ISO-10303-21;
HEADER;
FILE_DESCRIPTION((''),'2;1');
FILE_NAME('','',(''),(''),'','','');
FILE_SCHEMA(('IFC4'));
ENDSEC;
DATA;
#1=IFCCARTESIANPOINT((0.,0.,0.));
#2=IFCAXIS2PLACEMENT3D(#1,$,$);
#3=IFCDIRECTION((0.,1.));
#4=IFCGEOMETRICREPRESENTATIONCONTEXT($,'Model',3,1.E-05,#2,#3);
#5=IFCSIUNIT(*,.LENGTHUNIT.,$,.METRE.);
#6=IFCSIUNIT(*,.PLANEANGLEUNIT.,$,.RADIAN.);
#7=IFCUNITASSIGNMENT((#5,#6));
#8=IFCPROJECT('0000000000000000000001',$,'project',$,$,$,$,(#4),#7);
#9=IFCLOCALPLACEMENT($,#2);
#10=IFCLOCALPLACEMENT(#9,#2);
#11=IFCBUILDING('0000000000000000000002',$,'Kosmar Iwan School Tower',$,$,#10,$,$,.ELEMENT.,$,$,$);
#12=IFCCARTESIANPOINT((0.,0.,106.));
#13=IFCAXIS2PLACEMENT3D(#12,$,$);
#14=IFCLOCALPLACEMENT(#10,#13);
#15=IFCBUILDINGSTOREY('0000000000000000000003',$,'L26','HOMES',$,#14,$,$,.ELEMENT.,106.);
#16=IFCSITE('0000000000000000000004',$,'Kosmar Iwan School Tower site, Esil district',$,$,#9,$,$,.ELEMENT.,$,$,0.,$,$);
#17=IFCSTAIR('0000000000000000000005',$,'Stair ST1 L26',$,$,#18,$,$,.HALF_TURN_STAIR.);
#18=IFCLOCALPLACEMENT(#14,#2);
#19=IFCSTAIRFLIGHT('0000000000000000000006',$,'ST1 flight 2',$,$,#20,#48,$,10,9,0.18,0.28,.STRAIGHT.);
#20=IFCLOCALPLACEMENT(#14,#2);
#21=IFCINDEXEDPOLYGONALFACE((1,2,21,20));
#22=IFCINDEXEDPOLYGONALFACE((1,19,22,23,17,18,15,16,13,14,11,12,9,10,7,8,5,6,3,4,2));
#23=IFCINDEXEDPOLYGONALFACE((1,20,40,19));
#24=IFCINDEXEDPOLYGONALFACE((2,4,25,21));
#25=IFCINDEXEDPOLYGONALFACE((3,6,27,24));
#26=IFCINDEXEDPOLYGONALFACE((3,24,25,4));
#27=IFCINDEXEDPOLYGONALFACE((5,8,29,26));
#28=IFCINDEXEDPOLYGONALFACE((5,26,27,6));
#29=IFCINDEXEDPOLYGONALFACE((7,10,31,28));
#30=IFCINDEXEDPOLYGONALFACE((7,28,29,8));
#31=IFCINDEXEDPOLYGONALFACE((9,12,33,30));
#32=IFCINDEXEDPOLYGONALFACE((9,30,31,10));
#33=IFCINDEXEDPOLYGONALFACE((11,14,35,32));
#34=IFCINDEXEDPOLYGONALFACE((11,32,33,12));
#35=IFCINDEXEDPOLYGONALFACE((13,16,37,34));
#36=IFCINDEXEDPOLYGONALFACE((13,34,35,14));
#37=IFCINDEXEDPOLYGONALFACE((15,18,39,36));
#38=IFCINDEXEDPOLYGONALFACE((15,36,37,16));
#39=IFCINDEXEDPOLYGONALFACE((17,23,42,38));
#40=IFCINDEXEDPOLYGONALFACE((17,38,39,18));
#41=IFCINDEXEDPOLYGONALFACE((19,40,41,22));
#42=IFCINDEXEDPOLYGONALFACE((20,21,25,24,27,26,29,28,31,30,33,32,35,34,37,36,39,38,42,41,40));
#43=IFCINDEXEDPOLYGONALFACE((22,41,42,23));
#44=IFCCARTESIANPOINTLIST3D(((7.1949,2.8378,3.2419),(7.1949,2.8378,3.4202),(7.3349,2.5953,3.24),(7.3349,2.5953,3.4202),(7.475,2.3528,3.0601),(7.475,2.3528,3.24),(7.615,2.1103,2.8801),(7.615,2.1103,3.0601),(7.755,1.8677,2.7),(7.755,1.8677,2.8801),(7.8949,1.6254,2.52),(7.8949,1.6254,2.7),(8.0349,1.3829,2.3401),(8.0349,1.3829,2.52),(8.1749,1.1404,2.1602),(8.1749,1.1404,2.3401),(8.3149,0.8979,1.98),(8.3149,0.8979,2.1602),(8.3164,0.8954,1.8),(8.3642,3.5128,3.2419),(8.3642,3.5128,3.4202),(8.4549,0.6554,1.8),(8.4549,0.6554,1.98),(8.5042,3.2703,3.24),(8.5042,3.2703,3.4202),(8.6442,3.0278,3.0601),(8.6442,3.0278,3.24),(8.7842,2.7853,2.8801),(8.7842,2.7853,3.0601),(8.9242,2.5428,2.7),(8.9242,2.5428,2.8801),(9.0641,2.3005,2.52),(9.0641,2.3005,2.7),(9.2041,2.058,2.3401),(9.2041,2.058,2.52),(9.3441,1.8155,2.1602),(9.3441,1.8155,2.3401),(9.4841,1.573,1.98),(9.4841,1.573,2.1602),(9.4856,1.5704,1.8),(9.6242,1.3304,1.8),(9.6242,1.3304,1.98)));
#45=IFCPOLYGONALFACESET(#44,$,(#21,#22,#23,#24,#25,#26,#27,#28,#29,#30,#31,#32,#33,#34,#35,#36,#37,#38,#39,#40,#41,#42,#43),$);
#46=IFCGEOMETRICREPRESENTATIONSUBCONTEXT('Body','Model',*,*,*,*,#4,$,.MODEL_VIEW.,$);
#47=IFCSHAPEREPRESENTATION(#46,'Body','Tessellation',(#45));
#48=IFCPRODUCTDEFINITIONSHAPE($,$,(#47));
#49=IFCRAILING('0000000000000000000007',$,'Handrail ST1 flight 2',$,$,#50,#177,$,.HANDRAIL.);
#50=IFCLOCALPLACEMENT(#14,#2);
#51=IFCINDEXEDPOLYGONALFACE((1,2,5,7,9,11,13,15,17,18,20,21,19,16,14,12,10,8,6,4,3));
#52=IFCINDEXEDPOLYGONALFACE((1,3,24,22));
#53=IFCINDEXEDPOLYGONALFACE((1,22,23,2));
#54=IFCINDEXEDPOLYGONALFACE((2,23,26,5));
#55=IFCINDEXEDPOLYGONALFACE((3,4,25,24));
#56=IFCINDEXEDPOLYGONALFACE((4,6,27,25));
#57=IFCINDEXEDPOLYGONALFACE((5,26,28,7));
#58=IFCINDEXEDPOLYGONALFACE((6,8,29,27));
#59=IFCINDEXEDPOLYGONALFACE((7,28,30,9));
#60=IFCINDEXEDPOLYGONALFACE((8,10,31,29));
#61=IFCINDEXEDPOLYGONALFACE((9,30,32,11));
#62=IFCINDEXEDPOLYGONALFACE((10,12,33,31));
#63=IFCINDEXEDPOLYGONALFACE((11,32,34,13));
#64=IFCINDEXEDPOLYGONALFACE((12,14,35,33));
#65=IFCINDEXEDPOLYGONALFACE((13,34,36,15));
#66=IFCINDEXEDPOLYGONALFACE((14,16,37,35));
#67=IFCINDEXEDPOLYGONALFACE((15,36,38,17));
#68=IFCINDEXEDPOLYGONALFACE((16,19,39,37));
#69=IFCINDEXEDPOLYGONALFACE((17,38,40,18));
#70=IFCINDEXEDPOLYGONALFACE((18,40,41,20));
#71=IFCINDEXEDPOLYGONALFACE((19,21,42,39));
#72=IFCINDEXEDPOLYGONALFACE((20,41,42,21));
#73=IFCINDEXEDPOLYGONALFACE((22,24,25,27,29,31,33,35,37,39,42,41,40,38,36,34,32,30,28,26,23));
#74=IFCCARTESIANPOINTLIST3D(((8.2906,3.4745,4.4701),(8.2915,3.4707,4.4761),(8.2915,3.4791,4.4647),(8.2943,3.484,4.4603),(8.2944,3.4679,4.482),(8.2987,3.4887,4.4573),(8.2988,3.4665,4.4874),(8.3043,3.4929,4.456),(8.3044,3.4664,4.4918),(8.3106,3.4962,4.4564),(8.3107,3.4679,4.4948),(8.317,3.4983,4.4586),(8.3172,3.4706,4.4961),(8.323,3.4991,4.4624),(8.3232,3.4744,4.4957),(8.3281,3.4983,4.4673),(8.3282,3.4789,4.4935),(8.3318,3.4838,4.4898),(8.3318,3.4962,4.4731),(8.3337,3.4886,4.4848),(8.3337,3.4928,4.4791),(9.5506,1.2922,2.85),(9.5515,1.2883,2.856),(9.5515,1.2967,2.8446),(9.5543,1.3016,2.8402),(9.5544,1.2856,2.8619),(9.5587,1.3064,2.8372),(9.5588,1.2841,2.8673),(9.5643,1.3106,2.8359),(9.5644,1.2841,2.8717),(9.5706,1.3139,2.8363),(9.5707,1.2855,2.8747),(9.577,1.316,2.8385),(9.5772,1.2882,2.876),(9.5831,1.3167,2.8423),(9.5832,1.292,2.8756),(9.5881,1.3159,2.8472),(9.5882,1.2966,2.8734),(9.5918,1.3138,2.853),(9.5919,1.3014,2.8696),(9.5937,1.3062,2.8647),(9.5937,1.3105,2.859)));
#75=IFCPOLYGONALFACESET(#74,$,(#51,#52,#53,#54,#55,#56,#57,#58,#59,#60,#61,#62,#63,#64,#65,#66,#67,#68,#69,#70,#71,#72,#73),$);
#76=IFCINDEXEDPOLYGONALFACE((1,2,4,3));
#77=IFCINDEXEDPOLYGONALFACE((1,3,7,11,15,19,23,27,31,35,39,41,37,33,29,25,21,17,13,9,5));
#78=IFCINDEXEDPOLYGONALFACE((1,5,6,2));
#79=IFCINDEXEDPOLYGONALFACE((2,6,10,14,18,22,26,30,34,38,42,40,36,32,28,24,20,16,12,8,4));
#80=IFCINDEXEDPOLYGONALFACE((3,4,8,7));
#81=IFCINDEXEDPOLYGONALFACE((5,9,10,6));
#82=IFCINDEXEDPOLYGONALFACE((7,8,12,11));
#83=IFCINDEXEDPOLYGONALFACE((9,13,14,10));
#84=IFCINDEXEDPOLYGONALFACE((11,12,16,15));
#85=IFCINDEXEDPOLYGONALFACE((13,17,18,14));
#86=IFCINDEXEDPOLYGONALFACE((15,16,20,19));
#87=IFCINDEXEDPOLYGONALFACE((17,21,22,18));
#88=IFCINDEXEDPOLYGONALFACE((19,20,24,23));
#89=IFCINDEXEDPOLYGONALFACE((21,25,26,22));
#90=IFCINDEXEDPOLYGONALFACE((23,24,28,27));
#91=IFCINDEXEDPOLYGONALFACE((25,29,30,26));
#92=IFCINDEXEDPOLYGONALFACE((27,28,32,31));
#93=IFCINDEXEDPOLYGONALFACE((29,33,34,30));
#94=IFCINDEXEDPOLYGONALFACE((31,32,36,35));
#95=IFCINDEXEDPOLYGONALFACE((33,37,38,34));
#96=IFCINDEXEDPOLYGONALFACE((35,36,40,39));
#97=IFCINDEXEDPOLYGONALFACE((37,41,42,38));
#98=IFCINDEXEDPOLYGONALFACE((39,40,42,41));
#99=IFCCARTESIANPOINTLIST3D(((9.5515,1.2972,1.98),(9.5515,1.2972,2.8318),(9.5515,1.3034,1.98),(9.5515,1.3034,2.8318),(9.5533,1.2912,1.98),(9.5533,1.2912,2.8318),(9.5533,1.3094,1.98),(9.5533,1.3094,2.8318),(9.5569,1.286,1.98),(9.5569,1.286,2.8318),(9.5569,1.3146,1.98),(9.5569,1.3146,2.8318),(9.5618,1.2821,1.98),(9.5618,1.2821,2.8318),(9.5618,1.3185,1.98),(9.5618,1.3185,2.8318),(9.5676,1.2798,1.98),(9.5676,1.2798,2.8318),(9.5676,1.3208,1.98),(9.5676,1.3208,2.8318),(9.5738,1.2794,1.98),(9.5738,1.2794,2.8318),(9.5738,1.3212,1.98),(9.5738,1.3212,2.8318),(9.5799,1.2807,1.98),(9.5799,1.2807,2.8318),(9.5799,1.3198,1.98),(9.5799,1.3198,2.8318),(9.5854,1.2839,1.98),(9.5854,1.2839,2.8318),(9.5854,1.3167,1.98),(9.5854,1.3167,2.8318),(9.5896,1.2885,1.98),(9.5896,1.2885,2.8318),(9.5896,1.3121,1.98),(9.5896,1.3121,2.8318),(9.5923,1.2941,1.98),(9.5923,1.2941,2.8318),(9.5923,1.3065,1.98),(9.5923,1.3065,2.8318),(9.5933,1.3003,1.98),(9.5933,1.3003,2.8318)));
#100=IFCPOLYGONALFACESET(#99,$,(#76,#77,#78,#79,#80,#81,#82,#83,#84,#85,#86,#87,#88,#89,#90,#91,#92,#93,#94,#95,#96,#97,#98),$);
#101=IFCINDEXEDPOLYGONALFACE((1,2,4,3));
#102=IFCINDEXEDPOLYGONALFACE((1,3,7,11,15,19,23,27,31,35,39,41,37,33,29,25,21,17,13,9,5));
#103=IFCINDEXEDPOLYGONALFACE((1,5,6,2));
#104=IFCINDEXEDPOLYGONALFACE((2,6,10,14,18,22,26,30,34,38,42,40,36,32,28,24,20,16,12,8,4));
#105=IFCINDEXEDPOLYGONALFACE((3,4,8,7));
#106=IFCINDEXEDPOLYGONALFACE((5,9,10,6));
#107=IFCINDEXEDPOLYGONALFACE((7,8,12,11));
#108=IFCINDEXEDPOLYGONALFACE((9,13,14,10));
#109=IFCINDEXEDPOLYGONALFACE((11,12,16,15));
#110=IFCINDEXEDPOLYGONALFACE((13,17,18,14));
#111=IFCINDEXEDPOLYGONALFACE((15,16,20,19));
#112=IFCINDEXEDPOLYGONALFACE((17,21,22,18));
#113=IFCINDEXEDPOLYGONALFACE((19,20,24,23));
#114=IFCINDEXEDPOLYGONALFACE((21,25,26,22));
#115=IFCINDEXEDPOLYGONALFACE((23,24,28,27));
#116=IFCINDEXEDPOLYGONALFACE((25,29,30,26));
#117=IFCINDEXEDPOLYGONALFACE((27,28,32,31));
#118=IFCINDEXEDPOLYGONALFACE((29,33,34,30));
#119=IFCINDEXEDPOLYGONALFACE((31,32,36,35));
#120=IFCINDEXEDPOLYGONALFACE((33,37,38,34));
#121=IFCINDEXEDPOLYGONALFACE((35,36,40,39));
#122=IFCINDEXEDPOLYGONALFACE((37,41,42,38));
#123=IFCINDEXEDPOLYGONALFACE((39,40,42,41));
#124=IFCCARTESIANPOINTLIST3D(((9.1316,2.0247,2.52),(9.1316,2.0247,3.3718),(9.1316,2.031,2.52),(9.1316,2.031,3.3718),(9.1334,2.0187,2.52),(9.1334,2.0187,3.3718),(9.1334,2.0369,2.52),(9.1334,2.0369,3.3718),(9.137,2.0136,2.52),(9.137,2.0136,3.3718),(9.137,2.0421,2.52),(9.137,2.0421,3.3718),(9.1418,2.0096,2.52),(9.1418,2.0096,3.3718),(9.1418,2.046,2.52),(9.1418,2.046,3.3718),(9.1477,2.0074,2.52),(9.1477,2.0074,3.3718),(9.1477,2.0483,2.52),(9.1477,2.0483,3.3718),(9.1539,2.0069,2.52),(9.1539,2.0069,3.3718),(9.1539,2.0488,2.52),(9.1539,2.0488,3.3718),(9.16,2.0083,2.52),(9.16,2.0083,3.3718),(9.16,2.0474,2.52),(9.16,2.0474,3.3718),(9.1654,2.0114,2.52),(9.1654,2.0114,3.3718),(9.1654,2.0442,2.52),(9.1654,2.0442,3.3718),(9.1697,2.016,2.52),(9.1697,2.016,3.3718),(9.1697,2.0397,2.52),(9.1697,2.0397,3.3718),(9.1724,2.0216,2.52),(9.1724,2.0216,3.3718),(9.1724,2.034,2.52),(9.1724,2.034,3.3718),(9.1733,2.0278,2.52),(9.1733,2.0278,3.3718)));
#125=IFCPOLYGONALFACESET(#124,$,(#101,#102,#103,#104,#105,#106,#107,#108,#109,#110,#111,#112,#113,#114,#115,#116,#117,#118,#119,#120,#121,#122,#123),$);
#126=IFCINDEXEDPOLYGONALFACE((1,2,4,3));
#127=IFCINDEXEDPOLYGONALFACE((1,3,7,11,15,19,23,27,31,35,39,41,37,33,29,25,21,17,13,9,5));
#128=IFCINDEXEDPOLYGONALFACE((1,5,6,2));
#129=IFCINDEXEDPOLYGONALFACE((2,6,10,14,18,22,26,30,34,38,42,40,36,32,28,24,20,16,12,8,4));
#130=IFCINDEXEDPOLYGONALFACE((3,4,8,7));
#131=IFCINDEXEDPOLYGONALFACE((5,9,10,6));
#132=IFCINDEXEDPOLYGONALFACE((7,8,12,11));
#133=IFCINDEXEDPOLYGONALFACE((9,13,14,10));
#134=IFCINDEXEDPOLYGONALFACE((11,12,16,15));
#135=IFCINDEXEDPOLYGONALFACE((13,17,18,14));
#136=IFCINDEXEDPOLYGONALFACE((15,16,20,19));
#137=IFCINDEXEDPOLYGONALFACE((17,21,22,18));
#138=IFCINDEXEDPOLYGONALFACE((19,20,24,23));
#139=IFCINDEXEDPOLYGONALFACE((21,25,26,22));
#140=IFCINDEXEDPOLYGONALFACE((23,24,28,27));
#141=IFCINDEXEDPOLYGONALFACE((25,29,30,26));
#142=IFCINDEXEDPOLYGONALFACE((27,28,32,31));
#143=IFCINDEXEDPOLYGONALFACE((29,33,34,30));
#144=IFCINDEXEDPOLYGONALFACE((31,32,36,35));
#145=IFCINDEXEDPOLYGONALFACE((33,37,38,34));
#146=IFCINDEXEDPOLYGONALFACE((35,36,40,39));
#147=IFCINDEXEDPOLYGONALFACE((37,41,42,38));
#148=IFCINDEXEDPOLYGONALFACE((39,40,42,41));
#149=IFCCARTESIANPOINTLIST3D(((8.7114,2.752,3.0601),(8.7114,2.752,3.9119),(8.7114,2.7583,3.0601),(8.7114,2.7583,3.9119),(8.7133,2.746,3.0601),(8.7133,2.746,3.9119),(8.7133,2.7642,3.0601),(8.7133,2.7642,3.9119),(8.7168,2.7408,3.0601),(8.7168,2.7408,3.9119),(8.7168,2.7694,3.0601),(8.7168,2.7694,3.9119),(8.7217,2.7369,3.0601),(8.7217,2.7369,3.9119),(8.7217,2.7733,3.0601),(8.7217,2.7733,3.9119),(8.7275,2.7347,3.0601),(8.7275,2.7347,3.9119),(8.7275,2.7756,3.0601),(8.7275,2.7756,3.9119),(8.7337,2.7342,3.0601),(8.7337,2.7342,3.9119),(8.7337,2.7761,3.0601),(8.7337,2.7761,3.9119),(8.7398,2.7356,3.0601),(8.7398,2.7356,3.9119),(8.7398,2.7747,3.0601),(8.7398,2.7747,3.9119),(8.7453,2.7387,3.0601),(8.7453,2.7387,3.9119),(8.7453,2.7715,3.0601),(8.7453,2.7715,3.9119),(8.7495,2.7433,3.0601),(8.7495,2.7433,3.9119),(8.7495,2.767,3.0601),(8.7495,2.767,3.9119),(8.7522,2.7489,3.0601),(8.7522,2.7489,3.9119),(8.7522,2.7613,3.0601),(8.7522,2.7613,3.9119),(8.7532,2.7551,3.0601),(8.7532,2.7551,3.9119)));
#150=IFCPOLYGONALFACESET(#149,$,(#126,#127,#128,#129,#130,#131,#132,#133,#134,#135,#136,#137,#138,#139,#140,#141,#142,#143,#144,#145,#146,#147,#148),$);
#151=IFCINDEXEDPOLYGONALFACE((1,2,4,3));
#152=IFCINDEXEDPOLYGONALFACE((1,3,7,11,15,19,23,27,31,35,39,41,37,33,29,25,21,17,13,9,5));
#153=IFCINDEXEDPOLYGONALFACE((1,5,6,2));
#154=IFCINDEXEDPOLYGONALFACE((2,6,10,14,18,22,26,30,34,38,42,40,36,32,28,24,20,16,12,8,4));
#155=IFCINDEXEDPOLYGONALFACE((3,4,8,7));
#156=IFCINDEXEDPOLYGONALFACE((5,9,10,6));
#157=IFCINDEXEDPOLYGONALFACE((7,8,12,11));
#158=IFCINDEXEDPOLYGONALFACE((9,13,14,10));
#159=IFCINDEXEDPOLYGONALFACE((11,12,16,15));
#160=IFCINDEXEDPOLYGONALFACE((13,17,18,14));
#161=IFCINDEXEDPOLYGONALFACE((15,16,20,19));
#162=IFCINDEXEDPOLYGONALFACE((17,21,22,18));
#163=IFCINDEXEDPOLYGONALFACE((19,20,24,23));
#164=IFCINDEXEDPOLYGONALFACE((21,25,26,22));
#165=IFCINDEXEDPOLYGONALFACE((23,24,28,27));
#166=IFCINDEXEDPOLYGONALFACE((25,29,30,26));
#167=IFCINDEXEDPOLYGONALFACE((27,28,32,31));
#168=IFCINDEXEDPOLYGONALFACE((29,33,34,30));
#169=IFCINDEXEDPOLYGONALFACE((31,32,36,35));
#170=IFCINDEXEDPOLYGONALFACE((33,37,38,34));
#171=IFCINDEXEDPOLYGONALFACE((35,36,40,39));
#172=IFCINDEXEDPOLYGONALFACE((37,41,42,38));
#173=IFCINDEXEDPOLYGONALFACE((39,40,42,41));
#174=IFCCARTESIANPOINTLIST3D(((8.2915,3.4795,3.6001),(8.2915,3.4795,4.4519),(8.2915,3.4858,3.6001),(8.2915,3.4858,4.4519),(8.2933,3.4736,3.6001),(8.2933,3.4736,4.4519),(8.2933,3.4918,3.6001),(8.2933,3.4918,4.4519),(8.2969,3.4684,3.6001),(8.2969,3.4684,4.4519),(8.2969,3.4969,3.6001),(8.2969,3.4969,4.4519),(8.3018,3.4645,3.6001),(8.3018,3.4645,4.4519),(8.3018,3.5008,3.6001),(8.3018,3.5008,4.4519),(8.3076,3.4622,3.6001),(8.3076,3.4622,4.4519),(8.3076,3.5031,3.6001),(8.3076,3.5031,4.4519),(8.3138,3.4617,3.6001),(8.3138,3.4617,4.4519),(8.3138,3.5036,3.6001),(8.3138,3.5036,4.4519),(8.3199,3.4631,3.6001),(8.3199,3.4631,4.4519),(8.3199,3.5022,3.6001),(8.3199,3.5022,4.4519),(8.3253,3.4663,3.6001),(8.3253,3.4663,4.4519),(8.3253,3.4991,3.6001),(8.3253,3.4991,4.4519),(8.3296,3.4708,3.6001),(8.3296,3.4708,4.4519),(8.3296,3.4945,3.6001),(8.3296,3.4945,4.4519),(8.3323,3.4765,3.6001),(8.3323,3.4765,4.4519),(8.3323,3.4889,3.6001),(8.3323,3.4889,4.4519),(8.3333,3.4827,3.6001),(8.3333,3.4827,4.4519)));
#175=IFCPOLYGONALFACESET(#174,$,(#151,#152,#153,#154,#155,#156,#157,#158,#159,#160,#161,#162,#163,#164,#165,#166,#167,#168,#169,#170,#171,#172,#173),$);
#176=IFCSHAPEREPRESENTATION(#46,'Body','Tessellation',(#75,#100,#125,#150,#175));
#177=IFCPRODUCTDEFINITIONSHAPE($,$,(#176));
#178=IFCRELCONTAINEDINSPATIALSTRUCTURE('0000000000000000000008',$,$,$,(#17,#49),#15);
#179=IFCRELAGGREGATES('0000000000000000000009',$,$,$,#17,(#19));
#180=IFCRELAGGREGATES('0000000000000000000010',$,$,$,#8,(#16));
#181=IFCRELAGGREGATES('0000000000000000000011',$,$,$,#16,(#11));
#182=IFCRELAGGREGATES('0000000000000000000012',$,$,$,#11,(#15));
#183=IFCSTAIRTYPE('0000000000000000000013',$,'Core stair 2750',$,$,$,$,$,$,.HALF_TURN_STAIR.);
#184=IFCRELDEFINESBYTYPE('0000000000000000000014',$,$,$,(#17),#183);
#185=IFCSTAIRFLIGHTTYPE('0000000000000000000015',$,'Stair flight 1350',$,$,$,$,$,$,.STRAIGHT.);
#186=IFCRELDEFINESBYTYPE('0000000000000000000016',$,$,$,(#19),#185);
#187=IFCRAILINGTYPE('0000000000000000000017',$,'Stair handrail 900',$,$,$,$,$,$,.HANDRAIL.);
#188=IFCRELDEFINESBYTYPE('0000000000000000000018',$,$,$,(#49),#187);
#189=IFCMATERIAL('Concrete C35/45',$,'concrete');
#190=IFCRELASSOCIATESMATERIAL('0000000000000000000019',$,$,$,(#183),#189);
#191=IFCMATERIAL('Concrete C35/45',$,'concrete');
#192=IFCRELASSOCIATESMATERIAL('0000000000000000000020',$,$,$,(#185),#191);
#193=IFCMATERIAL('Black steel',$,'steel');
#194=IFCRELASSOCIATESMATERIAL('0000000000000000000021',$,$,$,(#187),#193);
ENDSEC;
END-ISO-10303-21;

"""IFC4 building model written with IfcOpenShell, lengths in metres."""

from ifc_helpers import new_model, si_unit, direction, frame, origin, origin_2d, place, context, subcontext, project, spatial, polyline, circle, outline, extrude, material, type_object, element, aggregate, save


model = new_model("IFC4")

# Units and contexts
model_context = context("Model", 3, precision=1e-05, world=origin(), true_north=direction((0.0, 1.0)))
body_context = subcontext(model_context, "Body", "Model", "MODEL_VIEW")
ifc_project = project(units=[si_unit("LENGTHUNIT", "METRE"), si_unit("PLANEANGLEUNIT", "RADIAN")], contexts=[model_context])

# Site, building, storey
site_placement = place(None, origin())
site = spatial("IfcSite", under=ifc_project, at=site_placement, Name="Kosmar Iwan School Tower site, Esil district", CompositionType="ELEMENT", RefElevation=0.0)
building_placement = place(site_placement, origin())
building = spatial("IfcBuilding", under=site, at=building_placement, Name="Kosmar Iwan School Tower", CompositionType="ELEMENT")
storey_placement = place(building_placement, frame((0.0, 0.0, 106.0)))
storey = spatial("IfcBuildingStorey", under=building, at=storey_placement, Name="L26", Description="HOMES", CompositionType="ELEMENT", Elevation=106.0)

# Stair, stair flight
ifc_material_1 = material(Name="Concrete C35/45", Category="concrete")
stair_type = type_object("IfcStairType", Name="Core stair 2750", PredefinedType="HALF_TURN_STAIR", material=ifc_material_1)
stair_placement = place(storey_placement, origin())
stair = element("IfcStair", 1, at=stair_placement, inside=storey, type_object=stair_type, Name="Stair ST1 L26", PredefinedType="HALF_TURN_STAIR")
ifc_material_2 = material(Name="Concrete C35/45", Category="concrete")
stair_flight_type = type_object("IfcStairFlightType", Name="Stair flight 1350", PredefinedType="STRAIGHT", material=ifc_material_2)
stair_flight_placement = place(storey_placement, frame((9.0396, 0.9929, 1.8), z_axis=(0.0, 0.0, 1.0), x_axis=(-0.5, 0.866025, 0.0)))
stair_flight = element("IfcStairFlight", 2, at=stair_flight_placement, type_object=stair_flight_type, Name="ST1 flight 2", NumberOfRisers=10, NumberOfTreads=9, PredefinedType="STRAIGHT", RiserHeight=0.18, TreadLength=0.28, context=body_context, shape_type="SweptSolid", body=[
    extrude(outline(polyline([(0.0, 0.0), (0.0, 0.1799), (0.28, 0.1799), (0.28, 0.3601), (0.5601, 0.3601), (0.5601, 0.54), (0.8401, 0.54), (0.8401, 0.72), (1.1201, 0.72), (1.1201, 0.8999), (1.3999, 0.8999), (1.3999, 1.0801), (1.6799, 1.0801), (1.6799, 1.26), (1.96, 1.26), (1.96, 1.4399), (2.24, 1.4399), (2.24, 1.6201), (2.52, 1.6201), (2.52, 1.8), (2.52, 1.4419), (0.2771, 0.0), (0.0, 0.0)])), frame((0.0, 0.675, 0.0), z_axis=(0.0, -1.0, 0.0), x_axis=(1.0, 0.0, 0.0)), (0.0, 0.0, 1.0), 1.3501),
])
aggregate(stair, [stair_flight])

# Railing
ifc_material_3 = material(Name="Black steel", Category="steel")
railing_type = type_object("IfcRailingType", Name="Stair handrail 900", PredefinedType="HANDRAIL", material=ifc_material_3)
railing_placement = place(storey_placement, frame((9.5723, 1.3003, 1.98)))
element("IfcRailing", 3, at=railing_placement, inside=storey, type_object=railing_type, Name="Handrail ST1 flight 2", PredefinedType="HANDRAIL", context=body_context, shape_type="SweptSolid", body=[
    extrude(circle(Radius=0.0239, at=origin_2d()), frame((0.0, 0.0, 0.876), z_axis=(-0.420584, 0.728464, 0.540786), x_axis=(-0.866023, -0.500005, 0.0)), (0.0, 0.0, 1.0), 2.9958),
    extrude(circle(Radius=0.021, at=origin_2d()), origin(), (0.0, 0.0, 1.0), 0.8518),
    extrude(circle(Radius=0.021, at=origin_2d()), frame((-0.4199, 0.7275, 0.54)), (0.0, 0.0, 1.0), 0.8518),
    extrude(circle(Radius=0.021, at=origin_2d()), frame((-0.8401, 1.4548, 1.0801)), (0.0, 0.0, 1.0), 0.8518),
    extrude(circle(Radius=0.021, at=origin_2d()), frame((-1.26, 2.1824, 1.6201)), (0.0, 0.0, 1.0), 0.8518),
])

save(model, "model.ifc")
